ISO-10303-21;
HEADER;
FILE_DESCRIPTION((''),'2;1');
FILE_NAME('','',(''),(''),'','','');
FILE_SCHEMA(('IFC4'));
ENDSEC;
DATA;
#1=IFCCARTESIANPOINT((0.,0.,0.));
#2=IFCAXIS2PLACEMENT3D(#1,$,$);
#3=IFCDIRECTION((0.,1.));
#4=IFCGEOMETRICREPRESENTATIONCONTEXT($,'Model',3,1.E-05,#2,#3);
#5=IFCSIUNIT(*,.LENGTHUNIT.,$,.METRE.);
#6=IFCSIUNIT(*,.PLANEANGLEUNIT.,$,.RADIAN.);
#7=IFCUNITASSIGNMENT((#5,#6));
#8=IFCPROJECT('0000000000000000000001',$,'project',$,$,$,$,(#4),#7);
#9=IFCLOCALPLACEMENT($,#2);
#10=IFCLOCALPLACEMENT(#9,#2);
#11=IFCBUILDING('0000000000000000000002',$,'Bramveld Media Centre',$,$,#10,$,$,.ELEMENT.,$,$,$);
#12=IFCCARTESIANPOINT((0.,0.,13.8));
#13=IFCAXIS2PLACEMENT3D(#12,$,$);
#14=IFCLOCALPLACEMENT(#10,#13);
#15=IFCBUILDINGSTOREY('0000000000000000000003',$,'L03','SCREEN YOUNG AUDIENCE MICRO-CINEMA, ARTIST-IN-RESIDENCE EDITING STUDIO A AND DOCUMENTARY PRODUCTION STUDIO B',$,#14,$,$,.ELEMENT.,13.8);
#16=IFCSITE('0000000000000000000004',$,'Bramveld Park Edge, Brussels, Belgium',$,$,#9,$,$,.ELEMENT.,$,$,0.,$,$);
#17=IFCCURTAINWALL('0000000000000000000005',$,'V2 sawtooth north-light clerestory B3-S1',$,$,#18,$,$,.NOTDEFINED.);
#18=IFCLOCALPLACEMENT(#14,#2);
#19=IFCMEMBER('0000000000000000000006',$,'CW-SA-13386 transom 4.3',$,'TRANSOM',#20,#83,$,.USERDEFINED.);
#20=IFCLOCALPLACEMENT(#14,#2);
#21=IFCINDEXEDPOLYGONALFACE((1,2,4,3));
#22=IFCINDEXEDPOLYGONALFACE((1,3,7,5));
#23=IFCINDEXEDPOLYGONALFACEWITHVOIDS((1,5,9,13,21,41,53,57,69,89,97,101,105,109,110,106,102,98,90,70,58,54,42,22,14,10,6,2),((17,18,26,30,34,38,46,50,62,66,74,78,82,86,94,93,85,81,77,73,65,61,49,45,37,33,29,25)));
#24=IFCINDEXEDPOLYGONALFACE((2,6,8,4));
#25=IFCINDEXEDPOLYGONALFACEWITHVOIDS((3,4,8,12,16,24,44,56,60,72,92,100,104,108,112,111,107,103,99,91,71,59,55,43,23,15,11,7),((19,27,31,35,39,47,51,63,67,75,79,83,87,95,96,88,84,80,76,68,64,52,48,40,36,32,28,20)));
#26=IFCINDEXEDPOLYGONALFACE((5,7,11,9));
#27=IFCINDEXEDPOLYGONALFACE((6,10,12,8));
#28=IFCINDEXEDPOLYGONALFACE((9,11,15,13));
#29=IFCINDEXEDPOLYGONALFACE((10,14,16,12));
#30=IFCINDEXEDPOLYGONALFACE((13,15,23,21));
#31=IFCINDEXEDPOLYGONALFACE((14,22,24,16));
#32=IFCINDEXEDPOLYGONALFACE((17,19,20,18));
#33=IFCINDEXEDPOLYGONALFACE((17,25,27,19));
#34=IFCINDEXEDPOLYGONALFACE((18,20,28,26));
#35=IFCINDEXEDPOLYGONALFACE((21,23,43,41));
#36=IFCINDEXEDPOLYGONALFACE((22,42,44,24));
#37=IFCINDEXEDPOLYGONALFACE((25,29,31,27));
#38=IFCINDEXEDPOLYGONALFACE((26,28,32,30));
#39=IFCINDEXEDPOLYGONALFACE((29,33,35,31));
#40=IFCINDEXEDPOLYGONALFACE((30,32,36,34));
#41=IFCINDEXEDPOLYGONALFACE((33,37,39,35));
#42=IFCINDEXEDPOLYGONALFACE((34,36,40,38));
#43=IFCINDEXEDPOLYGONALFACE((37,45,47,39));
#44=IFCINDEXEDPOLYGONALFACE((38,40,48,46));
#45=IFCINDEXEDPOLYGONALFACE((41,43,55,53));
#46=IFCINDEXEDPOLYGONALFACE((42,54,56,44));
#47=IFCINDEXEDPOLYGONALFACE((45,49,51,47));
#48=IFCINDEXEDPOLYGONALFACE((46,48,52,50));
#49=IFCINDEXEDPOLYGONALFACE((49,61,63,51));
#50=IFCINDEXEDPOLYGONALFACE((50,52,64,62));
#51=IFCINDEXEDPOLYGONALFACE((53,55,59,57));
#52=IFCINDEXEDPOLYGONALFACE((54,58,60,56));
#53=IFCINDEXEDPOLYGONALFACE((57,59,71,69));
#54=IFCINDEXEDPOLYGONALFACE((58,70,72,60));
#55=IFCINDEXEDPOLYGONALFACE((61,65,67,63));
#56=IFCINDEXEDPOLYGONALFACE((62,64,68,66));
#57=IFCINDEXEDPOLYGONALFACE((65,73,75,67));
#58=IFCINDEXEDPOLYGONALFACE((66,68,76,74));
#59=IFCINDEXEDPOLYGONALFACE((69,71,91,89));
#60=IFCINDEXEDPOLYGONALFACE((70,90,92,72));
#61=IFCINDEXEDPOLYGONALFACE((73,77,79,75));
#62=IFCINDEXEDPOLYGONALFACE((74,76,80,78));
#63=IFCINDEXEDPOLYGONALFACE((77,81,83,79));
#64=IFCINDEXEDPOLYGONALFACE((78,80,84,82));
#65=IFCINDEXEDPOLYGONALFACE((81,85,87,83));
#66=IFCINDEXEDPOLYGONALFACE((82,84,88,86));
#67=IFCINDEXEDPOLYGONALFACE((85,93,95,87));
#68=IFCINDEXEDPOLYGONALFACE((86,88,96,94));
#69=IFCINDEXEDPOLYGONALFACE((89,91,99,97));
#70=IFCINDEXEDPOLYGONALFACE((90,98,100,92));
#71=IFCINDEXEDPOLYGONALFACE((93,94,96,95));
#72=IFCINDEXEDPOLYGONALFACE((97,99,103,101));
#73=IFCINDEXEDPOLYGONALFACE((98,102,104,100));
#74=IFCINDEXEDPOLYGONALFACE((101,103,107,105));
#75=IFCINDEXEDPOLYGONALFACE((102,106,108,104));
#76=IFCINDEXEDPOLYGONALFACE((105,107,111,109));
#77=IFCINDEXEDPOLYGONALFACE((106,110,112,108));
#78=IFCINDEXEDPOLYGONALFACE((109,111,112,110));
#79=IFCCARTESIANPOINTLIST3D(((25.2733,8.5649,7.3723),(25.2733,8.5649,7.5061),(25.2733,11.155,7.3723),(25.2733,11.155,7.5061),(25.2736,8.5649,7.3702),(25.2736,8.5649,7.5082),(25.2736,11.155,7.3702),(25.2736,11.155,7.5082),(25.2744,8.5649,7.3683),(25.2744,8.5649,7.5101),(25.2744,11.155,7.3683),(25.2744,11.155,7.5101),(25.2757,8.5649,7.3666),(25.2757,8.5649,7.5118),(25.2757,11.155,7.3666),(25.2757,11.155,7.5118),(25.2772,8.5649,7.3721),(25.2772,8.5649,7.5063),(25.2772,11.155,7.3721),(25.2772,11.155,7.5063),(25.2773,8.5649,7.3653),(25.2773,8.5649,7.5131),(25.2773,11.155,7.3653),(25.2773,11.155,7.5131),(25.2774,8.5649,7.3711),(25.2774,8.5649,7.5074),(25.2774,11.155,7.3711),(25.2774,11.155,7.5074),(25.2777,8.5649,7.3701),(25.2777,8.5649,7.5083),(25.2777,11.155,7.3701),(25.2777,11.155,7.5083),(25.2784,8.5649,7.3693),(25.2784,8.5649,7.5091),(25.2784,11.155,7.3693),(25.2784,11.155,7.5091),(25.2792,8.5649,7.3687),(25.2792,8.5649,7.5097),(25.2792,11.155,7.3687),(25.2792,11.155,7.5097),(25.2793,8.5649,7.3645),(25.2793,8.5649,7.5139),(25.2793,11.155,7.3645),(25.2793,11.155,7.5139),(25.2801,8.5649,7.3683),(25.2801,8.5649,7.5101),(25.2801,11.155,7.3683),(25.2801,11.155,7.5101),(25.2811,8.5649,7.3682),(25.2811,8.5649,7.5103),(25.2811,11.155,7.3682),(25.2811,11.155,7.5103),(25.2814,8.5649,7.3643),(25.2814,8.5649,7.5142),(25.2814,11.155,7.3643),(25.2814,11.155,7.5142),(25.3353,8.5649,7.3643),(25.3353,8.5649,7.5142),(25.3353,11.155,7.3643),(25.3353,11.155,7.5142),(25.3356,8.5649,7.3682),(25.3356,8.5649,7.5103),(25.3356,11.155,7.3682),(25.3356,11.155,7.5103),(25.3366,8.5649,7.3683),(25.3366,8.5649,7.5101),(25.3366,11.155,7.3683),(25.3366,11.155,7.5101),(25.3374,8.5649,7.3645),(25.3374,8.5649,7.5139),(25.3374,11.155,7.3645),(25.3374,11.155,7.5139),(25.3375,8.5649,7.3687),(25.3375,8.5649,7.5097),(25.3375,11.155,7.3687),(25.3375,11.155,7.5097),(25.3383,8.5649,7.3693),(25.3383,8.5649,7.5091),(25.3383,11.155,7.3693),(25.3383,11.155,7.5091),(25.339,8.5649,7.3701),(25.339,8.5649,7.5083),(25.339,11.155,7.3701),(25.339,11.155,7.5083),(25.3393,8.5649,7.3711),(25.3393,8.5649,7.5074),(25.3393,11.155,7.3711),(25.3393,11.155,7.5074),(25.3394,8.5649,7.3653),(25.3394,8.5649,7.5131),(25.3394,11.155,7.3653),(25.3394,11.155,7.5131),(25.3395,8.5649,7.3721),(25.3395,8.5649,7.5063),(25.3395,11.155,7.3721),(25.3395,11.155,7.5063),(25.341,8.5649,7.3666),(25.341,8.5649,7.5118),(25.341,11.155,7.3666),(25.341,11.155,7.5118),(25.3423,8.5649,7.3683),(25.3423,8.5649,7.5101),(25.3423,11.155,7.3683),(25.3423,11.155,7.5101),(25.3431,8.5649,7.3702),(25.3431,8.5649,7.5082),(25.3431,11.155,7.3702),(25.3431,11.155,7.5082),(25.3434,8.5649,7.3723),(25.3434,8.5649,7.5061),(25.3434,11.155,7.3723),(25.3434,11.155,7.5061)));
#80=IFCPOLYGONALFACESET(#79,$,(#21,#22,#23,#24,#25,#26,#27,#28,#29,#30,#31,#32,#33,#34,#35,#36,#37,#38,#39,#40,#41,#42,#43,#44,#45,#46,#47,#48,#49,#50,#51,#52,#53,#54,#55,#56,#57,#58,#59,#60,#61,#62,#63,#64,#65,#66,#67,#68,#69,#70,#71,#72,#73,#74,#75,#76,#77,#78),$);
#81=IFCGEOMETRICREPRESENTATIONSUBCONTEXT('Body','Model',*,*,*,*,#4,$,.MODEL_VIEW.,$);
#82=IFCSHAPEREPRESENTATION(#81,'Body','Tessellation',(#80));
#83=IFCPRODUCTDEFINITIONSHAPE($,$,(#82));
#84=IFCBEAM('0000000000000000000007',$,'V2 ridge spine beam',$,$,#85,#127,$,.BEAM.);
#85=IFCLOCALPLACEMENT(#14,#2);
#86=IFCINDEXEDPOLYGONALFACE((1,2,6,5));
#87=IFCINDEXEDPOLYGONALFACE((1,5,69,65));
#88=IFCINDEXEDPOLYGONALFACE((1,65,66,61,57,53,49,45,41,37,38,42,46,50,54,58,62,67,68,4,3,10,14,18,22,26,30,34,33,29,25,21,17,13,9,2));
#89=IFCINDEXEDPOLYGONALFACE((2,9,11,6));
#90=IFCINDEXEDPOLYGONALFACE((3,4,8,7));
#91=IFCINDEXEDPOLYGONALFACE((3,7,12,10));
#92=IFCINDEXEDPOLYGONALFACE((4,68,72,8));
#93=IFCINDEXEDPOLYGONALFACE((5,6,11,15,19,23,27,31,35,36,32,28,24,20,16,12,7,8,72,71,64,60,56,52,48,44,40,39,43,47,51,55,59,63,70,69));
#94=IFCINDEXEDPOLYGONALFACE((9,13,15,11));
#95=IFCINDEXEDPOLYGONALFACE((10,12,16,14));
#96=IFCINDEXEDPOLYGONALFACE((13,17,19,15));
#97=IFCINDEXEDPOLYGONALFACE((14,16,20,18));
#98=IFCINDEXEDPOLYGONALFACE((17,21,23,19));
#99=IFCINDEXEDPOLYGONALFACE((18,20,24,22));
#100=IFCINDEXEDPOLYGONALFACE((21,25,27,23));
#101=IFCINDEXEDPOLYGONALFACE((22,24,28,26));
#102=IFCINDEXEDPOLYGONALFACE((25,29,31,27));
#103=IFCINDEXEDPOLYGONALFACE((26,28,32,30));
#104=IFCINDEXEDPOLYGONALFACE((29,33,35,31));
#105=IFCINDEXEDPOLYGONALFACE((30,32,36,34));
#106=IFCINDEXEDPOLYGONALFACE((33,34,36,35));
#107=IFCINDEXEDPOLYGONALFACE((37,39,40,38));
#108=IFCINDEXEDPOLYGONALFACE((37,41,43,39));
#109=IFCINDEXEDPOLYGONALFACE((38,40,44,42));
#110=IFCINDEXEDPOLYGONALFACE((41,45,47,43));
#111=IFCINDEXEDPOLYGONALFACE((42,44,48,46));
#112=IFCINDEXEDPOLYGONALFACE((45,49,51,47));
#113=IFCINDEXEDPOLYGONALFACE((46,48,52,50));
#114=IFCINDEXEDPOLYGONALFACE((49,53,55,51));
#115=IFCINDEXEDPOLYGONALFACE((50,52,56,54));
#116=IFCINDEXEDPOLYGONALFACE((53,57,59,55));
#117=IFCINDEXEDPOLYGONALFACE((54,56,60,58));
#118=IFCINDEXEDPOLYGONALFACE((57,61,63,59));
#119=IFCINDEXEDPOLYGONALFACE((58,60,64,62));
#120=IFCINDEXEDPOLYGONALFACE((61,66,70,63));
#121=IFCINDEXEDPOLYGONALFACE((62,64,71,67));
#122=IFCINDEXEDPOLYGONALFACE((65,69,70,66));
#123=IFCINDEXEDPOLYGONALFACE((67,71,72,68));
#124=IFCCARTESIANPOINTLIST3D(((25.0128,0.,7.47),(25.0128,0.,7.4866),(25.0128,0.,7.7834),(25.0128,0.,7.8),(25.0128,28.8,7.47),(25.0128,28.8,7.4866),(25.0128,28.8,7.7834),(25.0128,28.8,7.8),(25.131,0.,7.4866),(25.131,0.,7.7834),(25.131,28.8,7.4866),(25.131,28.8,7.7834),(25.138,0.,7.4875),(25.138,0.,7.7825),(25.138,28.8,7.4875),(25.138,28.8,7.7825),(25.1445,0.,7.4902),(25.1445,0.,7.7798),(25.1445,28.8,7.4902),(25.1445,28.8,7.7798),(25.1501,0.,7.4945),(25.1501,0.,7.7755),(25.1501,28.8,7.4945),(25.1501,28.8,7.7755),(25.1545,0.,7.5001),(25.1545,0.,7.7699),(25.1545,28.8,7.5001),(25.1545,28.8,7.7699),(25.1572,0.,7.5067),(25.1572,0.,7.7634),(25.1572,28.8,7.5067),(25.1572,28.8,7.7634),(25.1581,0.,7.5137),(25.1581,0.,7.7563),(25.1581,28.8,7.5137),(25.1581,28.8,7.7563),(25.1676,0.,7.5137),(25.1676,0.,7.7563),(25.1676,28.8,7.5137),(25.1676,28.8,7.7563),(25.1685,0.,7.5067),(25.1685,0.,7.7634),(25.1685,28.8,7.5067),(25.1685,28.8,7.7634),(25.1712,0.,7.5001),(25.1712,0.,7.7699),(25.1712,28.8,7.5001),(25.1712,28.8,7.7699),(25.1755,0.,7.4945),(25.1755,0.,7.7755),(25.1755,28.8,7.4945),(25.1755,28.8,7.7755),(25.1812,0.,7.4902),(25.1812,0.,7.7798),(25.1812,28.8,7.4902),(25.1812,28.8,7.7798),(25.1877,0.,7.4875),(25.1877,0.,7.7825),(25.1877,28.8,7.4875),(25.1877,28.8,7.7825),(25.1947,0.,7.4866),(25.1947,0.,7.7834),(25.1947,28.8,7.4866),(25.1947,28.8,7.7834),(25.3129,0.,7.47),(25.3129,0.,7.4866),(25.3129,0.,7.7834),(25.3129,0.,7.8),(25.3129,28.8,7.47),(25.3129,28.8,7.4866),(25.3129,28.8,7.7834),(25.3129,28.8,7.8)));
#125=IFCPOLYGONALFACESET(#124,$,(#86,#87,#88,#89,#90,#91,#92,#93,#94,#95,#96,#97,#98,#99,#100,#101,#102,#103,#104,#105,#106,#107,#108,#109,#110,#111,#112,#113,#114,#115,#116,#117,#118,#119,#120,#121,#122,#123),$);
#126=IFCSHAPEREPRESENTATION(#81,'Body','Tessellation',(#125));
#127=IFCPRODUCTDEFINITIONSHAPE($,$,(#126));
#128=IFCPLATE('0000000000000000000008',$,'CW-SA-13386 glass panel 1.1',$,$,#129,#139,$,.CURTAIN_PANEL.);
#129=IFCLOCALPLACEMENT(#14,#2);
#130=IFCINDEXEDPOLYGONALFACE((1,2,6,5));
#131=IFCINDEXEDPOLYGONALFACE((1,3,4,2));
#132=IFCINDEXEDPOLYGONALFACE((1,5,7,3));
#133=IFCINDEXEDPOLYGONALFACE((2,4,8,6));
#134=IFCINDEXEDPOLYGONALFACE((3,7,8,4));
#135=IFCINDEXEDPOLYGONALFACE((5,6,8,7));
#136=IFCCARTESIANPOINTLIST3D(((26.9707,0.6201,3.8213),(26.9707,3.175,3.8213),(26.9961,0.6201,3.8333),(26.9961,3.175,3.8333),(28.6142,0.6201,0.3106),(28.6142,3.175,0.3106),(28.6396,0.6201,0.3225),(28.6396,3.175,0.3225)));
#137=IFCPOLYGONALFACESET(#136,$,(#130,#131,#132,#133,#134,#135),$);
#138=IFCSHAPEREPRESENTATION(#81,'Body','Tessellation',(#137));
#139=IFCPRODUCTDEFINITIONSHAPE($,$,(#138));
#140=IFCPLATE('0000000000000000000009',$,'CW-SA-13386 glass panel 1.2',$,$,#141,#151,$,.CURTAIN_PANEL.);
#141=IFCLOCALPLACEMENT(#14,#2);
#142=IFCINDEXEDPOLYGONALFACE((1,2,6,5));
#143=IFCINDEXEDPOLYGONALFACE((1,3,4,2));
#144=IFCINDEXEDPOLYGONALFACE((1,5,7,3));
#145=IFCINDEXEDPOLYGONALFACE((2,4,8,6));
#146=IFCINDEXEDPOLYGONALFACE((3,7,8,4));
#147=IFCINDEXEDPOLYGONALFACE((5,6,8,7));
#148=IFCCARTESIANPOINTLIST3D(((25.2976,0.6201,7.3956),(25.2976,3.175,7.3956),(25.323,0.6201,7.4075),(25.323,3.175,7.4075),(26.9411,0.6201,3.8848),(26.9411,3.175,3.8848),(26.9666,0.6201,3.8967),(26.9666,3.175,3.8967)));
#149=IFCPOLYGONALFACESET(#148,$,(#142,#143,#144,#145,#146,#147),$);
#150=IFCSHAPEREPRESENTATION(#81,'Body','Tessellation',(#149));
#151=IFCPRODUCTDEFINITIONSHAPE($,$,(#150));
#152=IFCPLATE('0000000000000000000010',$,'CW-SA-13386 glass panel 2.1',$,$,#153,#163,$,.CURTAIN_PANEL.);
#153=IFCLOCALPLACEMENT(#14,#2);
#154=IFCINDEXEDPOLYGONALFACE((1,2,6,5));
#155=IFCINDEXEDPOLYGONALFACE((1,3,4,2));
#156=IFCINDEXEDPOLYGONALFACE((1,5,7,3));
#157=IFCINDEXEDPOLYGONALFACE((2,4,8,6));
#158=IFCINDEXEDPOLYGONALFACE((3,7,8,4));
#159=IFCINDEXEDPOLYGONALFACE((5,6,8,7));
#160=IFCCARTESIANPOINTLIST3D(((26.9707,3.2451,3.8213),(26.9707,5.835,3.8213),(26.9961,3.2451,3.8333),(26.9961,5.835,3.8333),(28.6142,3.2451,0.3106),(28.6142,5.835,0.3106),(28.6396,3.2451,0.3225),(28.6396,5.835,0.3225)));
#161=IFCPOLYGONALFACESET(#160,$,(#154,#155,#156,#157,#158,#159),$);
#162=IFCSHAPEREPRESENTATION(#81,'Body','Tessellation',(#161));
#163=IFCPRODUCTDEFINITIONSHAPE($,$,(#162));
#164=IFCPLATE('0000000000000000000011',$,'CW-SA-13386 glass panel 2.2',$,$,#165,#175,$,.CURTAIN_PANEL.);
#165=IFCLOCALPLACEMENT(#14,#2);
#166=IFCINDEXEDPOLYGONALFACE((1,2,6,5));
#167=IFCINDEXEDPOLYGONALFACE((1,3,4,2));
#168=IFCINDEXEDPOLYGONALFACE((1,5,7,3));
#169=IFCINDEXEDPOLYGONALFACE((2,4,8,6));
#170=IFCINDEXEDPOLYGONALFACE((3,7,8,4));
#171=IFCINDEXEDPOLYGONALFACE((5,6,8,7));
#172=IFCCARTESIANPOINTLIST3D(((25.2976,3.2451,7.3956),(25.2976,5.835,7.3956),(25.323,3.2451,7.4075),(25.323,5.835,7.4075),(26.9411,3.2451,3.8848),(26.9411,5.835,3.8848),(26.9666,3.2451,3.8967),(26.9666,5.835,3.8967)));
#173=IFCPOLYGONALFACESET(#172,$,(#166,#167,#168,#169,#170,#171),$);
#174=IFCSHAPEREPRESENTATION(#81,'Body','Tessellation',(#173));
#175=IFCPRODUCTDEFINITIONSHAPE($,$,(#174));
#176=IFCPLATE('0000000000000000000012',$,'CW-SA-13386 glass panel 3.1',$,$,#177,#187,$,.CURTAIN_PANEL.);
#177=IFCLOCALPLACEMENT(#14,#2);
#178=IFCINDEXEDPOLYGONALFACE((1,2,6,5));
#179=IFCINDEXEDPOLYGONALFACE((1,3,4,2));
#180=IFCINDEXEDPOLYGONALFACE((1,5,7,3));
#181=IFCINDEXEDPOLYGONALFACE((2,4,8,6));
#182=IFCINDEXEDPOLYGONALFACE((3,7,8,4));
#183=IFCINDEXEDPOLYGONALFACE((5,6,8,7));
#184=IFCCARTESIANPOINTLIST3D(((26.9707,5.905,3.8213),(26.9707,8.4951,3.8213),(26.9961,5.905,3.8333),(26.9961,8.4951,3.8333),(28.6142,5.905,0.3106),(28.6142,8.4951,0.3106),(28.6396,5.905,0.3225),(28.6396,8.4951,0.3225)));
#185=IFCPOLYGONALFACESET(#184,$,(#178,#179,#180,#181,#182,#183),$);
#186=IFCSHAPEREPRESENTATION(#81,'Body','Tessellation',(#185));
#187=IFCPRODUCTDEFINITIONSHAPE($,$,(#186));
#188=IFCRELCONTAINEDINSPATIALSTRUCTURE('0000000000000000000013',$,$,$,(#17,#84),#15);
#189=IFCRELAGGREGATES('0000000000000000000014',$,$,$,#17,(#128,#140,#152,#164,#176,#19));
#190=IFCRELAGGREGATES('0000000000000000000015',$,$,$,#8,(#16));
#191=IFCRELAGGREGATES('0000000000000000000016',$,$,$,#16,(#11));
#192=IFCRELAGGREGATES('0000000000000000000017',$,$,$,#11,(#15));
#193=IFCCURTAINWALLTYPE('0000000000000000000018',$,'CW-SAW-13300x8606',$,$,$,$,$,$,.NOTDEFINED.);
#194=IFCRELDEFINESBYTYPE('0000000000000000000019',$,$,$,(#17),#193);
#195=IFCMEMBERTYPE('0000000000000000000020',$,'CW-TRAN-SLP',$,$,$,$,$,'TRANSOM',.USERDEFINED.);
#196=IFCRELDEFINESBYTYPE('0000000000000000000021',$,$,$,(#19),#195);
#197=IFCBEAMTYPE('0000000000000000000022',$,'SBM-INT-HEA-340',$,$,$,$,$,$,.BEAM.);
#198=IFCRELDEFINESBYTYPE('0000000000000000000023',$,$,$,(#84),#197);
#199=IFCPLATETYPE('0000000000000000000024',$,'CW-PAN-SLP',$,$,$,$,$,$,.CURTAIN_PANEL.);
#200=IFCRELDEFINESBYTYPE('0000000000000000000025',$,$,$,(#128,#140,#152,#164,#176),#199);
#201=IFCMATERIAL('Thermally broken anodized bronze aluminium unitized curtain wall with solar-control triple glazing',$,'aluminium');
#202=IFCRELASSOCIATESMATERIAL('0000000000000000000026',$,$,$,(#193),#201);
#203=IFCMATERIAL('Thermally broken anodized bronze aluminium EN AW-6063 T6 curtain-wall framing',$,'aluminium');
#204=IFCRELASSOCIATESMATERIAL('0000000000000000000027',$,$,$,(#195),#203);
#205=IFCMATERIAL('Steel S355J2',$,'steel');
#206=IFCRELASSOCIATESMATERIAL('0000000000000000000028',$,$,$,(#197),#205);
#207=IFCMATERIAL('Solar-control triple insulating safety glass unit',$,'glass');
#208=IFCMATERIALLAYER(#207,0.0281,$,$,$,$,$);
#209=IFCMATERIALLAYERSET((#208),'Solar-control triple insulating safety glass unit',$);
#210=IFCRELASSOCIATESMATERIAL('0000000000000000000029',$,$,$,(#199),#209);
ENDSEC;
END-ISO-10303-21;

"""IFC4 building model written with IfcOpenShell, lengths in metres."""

from ifc_helpers import new_model, si_unit, direction, frame, origin, origin_2d, place, context, subcontext, project, spatial, polyline, hollow_rectangle, i_section, outline, extrude, material, layer, layer_set, material_profile, profile_set, type_object, element, aggregate, save


model = new_model("IFC4")

# Units and contexts
model_context = context("Model", 3, precision=1e-05, world=origin(), true_north=direction((0.0, 1.0)))
body_context = subcontext(model_context, "Body", "Model", "MODEL_VIEW")
ifc_project = project(units=[si_unit("LENGTHUNIT", "METRE"), si_unit("PLANEANGLEUNIT", "RADIAN")], contexts=[model_context])

# Site, building, storey
site_placement = place(None, origin())
site = spatial("IfcSite", under=ifc_project, at=site_placement, Name="Bramveld Park Edge, Brussels, Belgium", CompositionType="ELEMENT", RefElevation=0.0)
building_placement = place(site_placement, origin())
building = spatial("IfcBuilding", under=site, at=building_placement, Name="Bramveld Media Centre", CompositionType="ELEMENT")
storey_placement = place(building_placement, frame((0.0, 0.0, 13.8)))
storey = spatial("IfcBuildingStorey", under=building, at=storey_placement, Name="L03", Description="SCREEN YOUNG AUDIENCE MICRO-CINEMA, ARTIST-IN-RESIDENCE EDITING STUDIO A AND DOCUMENTARY PRODUCTION STUDIO B", CompositionType="ELEMENT", Elevation=13.8)

# Curtain wall, member
ifc_material_1 = material(Name="Thermally broken anodized bronze aluminium unitized curtain wall with solar-control triple glazing", Category="aluminium")
curtain_wall_type = type_object("IfcCurtainWallType", Name="CW-SAW-13300x8606", PredefinedType="NOTDEFINED", material=ifc_material_1)
curtain_wall_placement = place(storey_placement, origin())
curtain_wall = element("IfcCurtainWall", 1, at=curtain_wall_placement, inside=storey, type_object=curtain_wall_type, Name="V2 sawtooth north-light clerestory B3-S1", PredefinedType="NOTDEFINED")
ifc_material_2 = material(Name="Thermally broken anodized bronze aluminium EN AW-6063 T6 curtain-wall framing", Category="aluminium")
ifc_material_profile_1 = material_profile(ifc_material_2, hollow_rectangle(XDim=0.0701, YDim=0.1499, WallThickness=0.0039, InnerFilletRadius=0.0039, OuterFilletRadius=0.0081, at=origin_2d()), Name="AL-TRAN 70x150")
ifc_profile_set_1 = profile_set([ifc_material_profile_1], Name="Thermally broken anodized bronze aluminium EN AW-6063 T6 curtain-wall framing")
member_type = type_object("IfcMemberType", Name="CW-TRAN-SLP", ElementType="TRANSOM", PredefinedType="USERDEFINED", material=ifc_profile_set_1)
member_1_placement = place(storey_placement, frame((25.3083, 8.5649, 7.4392), z_axis=(0.0, 1.0, 0.0), x_axis=(-1.0, 0.0, 0.0)))
member_1 = element("IfcMember", 2, at=member_1_placement, type_object=member_type, Name="CW-SA-13386 transom 4.3", ObjectType="TRANSOM", PredefinedType="USERDEFINED", context=body_context, shape_type="SweptSolid", body=[
    extrude(hollow_rectangle(XDim=0.0701, YDim=0.1499, WallThickness=0.0039, InnerFilletRadius=0.0039, OuterFilletRadius=0.0081, at=origin_2d()), origin(), (0.0, 0.0, 1.0), 2.5901),
])

# Beam
ifc_material_3 = material(Name="Steel S355J2", Category="steel")
ifc_material_profile_2 = material_profile(ifc_material_3, i_section(OverallWidth=0.3, OverallDepth=0.3301, WebThickness=0.0095, FlangeThickness=0.0166, FilletRadius=0.0271, at=origin_2d()), Name="HEA 340")
ifc_profile_set_2 = profile_set([ifc_material_profile_2], Name="Steel S355J2")
beam_type = type_object("IfcBeamType", Name="SBM-INT-HEA-340", PredefinedType="BEAM", material=ifc_profile_set_2)
beam_placement = place(storey_placement, frame((25.1628, 0.0, 7.635), z_axis=(0.0, 1.0, 0.0), x_axis=(-1.0, 0.0, 0.0)))
element("IfcBeam", 3, at=beam_placement, inside=storey, type_object=beam_type, Name="V2 ridge spine beam", PredefinedType="BEAM", context=body_context, shape_type="SweptSolid", body=[
    extrude(i_section(OverallWidth=0.3, OverallDepth=0.3301, WebThickness=0.0095, FlangeThickness=0.0166, FilletRadius=0.0271, at=origin_2d()), origin(), (0.0, 0.0, 1.0), 28.8),
])

# Plates
ifc_material_4 = material(Name="Solar-control triple insulating safety glass unit", Category="glass")
ifc_layer = layer(ifc_material_4, 0.0281)
ifc_layer_set = layer_set([ifc_layer], Name="Solar-control triple insulating safety glass unit")
plate_type = type_object("IfcPlateType", Name="CW-PAN-SLP", PredefinedType="CURTAIN_PANEL", material=ifc_layer_set)
plate_1_placement = place(storey_placement, frame((28.6396, 0.6201, 0.3225), z_axis=(0.905668, 0.0, 0.423988), x_axis=(0.0, 1.0, 0.0)))
plate_1 = element("IfcPlate", 4, at=plate_1_placement, type_object=plate_type, Name="CW-SA-13386 glass panel 1.1", PredefinedType="CURTAIN_PANEL", context=body_context, shape_type="SweptSolid", body=[
    extrude(outline(polyline([(0.0, 0.0), (2.5549, 0.0), (2.5549, 3.8764), (0.0, 3.8764), (0.0, 0.0)])), origin(), (0.0, 0.0, -1.0), 0.0281),
])
plate_2_placement = place(storey_placement, frame((26.9666, 0.6201, 3.8967), z_axis=(0.905668, 0.0, 0.423988), x_axis=(0.0, 1.0, 0.0)))
plate_2 = element("IfcPlate", 5, at=plate_2_placement, type_object=plate_type, Name="CW-SA-13386 glass panel 1.2", PredefinedType="CURTAIN_PANEL", context=body_context, shape_type="SweptSolid", body=[
    extrude(outline(polyline([(0.0, 0.0), (2.5549, 0.0), (2.5549, 3.8764), (0.0, 3.8764), (0.0, 0.0)])), origin(), (0.0, 0.0, -1.0), 0.0281),
])
plate_3_placement = place(storey_placement, frame((28.6396, 3.2451, 0.3225), z_axis=(0.905668, 0.0, 0.423988), x_axis=(0.0, 1.0, 0.0)))
plate_3 = element("IfcPlate", 6, at=plate_3_placement, type_object=plate_type, Name="CW-SA-13386 glass panel 2.1", PredefinedType="CURTAIN_PANEL", context=body_context, shape_type="SweptSolid", body=[
    extrude(outline(polyline([(0.0, 0.0), (2.5898, 0.0), (2.5898, 3.8764), (0.0, 3.8764), (0.0, 0.0)])), origin(), (0.0, 0.0, -1.0), 0.0281),
])
plate_4_placement = place(storey_placement, frame((26.9666, 3.2451, 3.8967), z_axis=(0.905668, 0.0, 0.423988), x_axis=(0.0, 1.0, 0.0)))
plate_4 = element("IfcPlate", 7, at=plate_4_placement, type_object=plate_type, Name="CW-SA-13386 glass panel 2.2", PredefinedType="CURTAIN_PANEL", context=body_context, shape_type="SweptSolid", body=[
    extrude(outline(polyline([(0.0, 0.0), (2.5898, 0.0), (2.5898, 3.8764), (0.0, 3.8764), (0.0, 0.0)])), origin(), (0.0, 0.0, -1.0), 0.0281),
])
plate_5_placement = place(storey_placement, frame((28.6396, 5.905, 0.3225), z_axis=(0.905668, 0.0, 0.423988), x_axis=(0.0, 1.0, 0.0)))
plate_5 = element("IfcPlate", 8, at=plate_5_placement, type_object=plate_type, Name="CW-SA-13386 glass panel 3.1", PredefinedType="CURTAIN_PANEL", context=body_context, shape_type="SweptSolid", body=[
    extrude(outline(polyline([(0.0, 0.0), (2.5901, 0.0), (2.5901, 3.8764), (0.0, 3.8764), (0.0, 0.0)])), origin(), (0.0, 0.0, -1.0), 0.0281),
])
aggregate(curtain_wall, [plate_1, plate_2, plate_3, plate_4, plate_5, member_1])

save(model, "model.ifc")
